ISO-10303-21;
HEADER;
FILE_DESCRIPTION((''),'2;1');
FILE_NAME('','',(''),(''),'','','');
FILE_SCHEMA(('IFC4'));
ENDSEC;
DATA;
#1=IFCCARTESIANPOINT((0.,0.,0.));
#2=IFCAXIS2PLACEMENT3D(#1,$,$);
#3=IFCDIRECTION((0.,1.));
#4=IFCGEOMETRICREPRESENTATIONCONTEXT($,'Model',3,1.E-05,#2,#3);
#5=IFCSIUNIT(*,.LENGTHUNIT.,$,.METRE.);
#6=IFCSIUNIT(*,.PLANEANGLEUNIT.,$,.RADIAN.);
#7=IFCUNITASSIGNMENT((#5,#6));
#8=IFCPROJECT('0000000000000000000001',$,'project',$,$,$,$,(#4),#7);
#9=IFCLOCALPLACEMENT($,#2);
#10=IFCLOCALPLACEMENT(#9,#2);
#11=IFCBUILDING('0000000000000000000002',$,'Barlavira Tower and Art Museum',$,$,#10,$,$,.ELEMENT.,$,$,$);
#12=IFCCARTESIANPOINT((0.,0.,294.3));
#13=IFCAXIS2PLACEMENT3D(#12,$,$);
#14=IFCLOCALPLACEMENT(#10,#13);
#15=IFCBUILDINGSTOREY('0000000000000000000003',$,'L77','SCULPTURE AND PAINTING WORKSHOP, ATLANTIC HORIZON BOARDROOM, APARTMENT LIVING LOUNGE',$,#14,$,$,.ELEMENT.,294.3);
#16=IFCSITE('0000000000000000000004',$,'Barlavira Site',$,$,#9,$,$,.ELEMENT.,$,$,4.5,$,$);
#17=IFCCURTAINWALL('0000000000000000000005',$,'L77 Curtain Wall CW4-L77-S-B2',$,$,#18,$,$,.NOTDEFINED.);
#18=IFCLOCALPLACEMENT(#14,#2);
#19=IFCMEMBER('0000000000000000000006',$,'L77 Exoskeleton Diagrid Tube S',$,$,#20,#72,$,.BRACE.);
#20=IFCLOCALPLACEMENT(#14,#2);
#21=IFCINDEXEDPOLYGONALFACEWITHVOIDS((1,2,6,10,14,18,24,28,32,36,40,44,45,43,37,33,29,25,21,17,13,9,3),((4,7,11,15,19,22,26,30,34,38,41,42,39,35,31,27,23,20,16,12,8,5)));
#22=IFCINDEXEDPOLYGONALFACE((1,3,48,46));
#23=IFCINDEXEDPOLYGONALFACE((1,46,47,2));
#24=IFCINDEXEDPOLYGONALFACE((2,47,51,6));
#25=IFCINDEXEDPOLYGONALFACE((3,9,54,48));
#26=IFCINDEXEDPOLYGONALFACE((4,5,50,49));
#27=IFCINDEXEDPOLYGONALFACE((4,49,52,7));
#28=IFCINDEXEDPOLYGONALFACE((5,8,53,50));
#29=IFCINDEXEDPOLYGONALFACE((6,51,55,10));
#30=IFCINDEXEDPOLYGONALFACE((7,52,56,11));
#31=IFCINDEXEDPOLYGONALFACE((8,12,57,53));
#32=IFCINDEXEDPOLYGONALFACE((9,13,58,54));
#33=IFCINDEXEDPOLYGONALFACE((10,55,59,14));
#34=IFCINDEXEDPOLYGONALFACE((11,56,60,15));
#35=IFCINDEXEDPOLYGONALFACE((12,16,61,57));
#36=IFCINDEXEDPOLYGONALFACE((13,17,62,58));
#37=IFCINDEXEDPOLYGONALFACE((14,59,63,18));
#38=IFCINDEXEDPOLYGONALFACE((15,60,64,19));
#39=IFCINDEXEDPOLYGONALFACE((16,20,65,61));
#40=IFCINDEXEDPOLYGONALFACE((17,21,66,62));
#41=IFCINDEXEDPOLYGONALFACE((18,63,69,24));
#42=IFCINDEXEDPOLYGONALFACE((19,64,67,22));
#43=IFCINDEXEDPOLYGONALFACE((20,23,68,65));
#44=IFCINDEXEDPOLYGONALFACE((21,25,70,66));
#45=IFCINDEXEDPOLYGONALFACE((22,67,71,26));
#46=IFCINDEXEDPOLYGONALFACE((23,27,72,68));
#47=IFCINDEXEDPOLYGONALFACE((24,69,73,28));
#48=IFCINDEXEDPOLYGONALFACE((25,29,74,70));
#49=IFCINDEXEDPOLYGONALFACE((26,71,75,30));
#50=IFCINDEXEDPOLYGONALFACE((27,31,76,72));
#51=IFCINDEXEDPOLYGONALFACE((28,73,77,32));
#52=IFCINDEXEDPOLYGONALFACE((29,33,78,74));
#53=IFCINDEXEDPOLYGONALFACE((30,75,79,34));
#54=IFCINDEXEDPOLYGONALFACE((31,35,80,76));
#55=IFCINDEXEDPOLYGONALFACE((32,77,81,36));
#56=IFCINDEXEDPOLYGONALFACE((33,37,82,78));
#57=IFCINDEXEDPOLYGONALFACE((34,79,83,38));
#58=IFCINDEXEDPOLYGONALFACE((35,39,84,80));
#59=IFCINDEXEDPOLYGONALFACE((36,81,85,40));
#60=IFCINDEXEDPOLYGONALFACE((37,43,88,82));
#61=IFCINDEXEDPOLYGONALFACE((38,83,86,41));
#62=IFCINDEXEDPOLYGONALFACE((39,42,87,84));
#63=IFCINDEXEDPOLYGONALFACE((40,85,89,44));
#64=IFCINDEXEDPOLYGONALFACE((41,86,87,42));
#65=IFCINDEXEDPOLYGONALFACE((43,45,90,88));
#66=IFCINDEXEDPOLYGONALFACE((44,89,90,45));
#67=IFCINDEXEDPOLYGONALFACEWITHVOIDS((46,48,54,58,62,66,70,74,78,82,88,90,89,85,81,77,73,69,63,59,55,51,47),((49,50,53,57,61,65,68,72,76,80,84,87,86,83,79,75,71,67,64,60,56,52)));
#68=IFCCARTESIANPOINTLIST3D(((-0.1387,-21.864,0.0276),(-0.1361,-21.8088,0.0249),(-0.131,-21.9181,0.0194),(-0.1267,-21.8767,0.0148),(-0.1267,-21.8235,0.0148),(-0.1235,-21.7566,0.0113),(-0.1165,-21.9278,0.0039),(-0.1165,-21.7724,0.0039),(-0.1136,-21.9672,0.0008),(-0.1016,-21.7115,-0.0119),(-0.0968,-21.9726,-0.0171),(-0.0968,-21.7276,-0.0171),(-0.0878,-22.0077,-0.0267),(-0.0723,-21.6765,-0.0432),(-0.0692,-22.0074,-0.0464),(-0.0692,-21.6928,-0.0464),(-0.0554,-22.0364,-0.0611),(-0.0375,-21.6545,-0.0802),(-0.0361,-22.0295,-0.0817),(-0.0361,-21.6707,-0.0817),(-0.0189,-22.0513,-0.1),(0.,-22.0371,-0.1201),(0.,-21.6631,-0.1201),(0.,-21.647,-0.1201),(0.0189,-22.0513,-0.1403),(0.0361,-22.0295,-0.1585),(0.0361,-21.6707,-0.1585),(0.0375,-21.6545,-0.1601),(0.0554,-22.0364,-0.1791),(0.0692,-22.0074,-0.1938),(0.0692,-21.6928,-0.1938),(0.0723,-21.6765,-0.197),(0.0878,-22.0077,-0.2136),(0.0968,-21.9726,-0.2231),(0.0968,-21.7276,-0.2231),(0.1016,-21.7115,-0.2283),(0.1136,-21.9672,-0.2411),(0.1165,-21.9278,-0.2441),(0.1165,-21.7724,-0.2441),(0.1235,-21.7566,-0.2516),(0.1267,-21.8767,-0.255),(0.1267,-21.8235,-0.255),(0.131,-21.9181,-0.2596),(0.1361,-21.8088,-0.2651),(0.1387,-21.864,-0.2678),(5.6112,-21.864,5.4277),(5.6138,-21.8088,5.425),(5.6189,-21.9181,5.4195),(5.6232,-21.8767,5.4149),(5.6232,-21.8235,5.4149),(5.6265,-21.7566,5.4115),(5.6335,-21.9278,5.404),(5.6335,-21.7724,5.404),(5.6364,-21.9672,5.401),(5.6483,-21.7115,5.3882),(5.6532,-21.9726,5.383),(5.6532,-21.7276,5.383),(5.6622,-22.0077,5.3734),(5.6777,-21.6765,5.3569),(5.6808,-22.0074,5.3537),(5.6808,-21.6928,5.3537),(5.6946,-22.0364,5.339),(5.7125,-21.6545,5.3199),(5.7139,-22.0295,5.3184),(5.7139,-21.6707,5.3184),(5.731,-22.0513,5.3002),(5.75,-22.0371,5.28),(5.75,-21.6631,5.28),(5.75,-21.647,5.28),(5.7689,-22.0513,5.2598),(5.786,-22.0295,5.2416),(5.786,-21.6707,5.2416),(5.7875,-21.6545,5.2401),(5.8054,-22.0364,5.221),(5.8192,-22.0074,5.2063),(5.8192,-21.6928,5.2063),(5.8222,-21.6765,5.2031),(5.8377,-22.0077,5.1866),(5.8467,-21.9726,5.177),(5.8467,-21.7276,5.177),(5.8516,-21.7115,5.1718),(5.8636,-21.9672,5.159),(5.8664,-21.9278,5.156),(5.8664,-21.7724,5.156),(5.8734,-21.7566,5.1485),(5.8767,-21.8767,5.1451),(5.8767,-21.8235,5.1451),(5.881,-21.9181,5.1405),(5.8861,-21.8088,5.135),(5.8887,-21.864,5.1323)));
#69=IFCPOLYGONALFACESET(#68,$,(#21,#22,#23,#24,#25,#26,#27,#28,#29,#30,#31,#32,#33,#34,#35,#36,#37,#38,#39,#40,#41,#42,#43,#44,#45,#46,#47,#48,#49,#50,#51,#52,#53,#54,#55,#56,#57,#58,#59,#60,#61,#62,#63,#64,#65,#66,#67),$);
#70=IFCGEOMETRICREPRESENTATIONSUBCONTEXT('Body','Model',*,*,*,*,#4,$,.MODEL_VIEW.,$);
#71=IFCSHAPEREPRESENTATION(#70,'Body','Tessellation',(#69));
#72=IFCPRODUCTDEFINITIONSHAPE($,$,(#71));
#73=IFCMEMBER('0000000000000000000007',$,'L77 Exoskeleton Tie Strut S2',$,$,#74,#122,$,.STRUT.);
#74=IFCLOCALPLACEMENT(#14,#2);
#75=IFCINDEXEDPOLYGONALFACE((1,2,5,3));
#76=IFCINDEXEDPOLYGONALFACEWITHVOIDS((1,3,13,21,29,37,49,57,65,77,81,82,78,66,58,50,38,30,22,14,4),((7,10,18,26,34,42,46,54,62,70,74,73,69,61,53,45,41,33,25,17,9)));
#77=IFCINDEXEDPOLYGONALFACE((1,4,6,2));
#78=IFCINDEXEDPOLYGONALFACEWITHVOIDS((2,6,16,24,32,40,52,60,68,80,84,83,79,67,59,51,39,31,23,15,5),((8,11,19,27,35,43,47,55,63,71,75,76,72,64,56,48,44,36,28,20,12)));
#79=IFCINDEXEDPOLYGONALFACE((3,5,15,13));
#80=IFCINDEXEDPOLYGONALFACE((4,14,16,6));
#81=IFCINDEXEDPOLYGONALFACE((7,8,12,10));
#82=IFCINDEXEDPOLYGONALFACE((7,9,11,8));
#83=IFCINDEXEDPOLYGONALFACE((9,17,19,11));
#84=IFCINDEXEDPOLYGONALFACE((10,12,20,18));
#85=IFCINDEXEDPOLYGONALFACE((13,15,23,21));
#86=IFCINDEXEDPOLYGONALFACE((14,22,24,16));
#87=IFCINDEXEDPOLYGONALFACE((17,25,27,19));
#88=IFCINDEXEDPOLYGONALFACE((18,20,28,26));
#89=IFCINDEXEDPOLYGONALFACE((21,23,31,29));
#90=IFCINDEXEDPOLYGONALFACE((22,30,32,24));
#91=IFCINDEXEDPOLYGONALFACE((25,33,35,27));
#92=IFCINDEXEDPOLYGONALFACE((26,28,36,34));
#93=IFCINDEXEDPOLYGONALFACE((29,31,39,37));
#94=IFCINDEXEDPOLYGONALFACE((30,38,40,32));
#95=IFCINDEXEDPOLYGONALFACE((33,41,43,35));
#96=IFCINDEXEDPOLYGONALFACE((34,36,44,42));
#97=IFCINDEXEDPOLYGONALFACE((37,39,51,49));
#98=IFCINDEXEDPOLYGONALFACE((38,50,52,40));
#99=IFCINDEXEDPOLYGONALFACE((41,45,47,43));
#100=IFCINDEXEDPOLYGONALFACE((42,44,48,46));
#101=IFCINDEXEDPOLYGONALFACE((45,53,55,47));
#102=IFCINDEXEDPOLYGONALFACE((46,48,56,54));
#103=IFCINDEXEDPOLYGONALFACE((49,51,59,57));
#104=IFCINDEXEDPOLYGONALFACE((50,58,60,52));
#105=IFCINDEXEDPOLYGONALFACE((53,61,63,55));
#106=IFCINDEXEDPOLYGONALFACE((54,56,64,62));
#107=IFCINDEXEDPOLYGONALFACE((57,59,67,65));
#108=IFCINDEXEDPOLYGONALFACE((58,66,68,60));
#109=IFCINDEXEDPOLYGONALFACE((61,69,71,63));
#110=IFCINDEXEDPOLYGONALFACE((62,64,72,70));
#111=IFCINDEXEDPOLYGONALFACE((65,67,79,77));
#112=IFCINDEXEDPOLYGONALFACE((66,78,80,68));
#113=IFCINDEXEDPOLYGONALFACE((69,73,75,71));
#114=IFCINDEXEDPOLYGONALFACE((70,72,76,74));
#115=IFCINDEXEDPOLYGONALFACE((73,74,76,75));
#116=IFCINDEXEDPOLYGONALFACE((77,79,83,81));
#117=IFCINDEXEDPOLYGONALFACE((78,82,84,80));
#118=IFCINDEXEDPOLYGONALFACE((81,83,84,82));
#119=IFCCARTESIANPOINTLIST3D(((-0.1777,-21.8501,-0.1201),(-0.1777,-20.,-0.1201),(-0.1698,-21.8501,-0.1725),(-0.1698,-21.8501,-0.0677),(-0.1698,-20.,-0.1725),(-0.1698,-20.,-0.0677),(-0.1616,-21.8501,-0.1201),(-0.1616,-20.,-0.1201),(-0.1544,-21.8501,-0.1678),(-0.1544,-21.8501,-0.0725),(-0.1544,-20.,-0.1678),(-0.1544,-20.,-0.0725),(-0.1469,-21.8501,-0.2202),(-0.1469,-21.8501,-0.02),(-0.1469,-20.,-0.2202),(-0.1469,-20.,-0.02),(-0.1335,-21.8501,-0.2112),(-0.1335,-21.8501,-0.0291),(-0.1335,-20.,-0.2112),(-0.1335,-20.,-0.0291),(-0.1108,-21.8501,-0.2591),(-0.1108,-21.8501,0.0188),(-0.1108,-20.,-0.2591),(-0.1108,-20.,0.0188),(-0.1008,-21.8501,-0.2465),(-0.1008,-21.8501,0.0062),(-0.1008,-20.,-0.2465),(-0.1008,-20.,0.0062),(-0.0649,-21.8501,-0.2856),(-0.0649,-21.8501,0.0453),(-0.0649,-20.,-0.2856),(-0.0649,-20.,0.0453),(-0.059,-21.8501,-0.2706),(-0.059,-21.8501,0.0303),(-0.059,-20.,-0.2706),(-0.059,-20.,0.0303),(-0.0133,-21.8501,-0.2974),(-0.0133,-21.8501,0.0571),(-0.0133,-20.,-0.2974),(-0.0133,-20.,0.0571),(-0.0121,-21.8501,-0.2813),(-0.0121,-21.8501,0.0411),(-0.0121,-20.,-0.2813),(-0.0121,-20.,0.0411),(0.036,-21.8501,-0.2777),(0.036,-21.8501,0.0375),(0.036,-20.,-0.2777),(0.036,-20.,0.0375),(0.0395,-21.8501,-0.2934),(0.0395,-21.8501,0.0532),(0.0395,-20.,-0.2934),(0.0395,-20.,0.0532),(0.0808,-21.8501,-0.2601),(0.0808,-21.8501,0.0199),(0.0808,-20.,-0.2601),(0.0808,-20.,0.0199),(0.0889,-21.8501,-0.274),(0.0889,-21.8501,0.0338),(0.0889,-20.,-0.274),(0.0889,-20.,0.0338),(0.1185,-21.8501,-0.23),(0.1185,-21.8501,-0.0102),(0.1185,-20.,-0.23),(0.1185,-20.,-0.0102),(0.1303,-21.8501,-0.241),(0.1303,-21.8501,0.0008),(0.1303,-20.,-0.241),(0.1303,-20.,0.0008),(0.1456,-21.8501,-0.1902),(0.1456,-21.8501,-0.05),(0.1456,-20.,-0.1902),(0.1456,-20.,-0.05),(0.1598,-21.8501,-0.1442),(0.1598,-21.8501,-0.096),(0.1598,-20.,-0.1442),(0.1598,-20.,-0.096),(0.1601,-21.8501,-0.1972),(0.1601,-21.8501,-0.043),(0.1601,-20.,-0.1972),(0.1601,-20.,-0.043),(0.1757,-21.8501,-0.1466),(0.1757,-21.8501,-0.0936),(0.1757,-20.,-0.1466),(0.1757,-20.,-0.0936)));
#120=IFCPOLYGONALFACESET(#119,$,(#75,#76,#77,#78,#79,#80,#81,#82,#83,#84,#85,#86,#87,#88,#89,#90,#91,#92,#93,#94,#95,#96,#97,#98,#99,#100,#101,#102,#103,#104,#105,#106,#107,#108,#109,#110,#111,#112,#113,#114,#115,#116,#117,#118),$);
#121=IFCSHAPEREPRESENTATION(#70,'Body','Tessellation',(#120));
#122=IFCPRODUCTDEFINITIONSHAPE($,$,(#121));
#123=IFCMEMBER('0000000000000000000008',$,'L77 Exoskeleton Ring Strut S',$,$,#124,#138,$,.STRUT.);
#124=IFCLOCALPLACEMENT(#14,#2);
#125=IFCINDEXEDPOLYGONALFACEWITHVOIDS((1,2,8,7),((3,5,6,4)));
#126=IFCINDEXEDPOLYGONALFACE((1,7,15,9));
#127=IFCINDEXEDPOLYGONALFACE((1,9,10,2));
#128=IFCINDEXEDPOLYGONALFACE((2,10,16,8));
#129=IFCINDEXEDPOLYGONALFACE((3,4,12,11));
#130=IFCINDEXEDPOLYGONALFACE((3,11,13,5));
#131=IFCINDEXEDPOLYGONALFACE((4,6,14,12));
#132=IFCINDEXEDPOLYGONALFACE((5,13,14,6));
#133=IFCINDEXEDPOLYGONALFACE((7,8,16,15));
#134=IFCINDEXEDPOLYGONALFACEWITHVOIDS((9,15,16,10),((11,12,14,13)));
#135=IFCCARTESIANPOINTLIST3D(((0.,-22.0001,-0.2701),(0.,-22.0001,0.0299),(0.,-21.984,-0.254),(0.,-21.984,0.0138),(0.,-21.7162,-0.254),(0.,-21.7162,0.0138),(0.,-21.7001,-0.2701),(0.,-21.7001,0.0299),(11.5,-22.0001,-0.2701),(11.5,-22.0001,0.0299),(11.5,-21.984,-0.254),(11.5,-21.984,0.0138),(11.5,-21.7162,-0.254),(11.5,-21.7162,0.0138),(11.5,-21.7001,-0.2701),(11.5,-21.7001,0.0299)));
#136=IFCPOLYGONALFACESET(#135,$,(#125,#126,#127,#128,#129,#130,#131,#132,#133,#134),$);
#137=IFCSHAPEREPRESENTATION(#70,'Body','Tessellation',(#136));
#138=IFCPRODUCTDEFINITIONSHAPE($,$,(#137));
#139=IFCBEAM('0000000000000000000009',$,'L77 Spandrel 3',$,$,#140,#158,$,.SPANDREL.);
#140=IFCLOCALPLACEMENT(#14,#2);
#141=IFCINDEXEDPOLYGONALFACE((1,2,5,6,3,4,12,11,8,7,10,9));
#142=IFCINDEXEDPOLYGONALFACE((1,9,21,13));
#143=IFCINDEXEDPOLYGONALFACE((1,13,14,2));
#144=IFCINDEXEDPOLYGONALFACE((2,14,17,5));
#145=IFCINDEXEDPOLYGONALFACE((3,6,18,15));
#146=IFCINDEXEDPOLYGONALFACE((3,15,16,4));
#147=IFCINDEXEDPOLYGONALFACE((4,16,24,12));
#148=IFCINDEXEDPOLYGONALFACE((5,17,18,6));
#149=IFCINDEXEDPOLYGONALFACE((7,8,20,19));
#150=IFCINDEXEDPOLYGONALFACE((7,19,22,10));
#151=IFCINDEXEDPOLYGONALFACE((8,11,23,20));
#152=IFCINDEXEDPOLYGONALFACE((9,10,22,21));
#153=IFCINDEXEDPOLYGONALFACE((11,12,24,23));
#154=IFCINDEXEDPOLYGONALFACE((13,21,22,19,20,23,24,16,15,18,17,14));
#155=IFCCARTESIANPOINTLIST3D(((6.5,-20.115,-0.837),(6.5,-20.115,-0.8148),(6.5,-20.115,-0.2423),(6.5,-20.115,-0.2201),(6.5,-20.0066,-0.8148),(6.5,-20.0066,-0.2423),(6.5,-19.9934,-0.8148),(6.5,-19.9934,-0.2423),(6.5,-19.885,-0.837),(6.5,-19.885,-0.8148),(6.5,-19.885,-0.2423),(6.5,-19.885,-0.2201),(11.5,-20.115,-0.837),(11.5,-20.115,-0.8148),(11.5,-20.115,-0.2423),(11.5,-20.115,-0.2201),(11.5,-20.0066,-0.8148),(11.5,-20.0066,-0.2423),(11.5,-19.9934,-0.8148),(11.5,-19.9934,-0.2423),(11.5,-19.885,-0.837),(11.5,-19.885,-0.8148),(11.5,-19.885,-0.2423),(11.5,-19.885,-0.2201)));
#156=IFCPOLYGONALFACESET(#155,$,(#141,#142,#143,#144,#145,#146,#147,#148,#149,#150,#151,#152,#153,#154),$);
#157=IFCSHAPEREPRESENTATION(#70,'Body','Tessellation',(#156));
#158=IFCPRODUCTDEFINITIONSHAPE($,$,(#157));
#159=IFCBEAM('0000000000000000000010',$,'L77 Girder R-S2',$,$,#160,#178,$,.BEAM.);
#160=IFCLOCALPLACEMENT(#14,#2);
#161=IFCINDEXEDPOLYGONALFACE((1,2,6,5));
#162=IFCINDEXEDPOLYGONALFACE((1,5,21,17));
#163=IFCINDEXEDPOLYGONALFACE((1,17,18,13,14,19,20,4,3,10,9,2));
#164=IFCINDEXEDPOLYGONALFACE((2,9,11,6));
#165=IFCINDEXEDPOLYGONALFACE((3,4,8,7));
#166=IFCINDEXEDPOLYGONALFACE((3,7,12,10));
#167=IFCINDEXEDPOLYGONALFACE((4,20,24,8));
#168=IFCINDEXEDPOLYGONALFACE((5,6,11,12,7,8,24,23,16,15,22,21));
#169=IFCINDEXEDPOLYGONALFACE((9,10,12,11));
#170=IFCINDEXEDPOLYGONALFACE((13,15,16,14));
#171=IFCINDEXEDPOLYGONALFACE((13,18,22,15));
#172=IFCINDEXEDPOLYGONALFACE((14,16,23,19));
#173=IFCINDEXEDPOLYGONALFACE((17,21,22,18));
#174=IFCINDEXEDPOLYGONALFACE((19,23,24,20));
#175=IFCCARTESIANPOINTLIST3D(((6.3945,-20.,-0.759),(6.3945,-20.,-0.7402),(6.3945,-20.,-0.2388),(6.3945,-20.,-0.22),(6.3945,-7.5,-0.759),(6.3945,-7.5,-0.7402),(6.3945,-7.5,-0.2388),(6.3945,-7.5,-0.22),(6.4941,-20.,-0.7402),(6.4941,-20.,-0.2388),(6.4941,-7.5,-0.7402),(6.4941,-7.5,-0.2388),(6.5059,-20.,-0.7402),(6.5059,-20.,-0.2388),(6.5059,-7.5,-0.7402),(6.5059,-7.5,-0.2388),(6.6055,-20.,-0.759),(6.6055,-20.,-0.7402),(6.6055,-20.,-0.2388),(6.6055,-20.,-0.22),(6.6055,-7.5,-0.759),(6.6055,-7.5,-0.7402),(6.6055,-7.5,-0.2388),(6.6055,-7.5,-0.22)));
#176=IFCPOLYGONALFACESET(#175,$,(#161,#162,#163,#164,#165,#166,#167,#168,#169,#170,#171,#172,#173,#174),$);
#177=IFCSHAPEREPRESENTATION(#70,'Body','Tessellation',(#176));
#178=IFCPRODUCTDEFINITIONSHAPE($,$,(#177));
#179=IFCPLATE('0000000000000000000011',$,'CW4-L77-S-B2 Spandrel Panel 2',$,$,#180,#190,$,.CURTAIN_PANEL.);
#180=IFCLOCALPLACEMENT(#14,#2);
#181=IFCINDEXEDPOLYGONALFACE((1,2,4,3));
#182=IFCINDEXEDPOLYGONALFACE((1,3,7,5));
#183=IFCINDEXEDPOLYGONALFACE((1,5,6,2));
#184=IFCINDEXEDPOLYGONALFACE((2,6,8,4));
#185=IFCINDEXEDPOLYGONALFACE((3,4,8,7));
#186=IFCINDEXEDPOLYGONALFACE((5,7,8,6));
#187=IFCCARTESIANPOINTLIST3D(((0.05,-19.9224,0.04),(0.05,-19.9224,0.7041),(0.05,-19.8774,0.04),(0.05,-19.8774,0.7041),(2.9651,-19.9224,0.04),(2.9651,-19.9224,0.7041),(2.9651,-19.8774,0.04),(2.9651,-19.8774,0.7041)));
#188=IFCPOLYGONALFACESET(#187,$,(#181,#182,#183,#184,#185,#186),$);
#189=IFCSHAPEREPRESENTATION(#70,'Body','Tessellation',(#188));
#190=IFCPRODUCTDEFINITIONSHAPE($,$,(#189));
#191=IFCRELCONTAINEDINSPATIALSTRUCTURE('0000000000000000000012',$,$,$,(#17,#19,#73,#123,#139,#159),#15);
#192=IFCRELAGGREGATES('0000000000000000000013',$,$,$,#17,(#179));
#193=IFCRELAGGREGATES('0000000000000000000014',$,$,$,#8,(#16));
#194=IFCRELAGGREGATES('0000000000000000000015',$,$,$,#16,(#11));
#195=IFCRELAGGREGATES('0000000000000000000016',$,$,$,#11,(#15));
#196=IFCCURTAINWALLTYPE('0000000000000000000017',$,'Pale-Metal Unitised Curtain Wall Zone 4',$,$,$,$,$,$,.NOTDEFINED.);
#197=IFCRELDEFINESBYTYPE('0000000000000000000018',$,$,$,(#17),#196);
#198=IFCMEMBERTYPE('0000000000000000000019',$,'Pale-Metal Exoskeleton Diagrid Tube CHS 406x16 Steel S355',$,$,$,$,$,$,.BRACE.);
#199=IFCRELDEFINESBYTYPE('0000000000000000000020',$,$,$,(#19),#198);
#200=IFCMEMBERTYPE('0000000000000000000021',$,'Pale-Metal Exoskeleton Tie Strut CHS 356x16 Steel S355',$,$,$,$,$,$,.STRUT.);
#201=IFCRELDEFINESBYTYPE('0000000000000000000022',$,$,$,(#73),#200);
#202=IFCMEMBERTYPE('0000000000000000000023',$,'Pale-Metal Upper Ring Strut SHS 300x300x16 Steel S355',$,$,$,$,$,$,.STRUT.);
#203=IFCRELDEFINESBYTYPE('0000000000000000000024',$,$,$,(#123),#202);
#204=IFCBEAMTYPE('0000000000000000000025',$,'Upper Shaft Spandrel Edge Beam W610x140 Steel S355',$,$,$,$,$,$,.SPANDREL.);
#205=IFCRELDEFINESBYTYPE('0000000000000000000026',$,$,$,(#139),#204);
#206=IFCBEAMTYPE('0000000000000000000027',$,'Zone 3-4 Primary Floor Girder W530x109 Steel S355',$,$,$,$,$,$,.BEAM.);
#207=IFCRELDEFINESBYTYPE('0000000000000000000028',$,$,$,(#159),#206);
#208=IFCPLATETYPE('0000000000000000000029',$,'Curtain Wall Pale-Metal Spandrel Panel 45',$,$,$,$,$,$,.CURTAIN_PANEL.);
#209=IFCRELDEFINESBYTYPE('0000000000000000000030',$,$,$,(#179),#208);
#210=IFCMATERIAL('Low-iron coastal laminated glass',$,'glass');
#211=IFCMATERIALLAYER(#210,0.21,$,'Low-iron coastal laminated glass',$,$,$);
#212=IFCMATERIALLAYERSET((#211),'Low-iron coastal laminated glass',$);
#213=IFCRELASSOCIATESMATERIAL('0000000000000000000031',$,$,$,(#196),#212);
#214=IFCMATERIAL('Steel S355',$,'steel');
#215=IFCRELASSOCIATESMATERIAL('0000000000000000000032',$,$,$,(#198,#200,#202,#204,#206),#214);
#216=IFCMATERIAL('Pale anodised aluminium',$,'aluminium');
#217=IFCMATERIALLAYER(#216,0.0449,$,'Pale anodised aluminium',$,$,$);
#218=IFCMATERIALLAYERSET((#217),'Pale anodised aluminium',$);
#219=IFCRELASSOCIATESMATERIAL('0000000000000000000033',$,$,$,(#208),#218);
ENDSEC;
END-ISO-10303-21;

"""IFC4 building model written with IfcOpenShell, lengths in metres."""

from ifc_helpers import new_model, si_unit, direction, frame, origin, origin_2d, place, context, subcontext, project, spatial, rectangle, hollow_rectangle, hollow_circle, i_section, extrude, material, layer, layer_set, material_profile, profile_set, type_object, element, aggregate, save


model = new_model("IFC4")

# Units and contexts
model_context = context("Model", 3, precision=1e-05, world=origin(), true_north=direction((0.0, 1.0)))
body_context = subcontext(model_context, "Body", "Model", "MODEL_VIEW")
ifc_project = project(units=[si_unit("LENGTHUNIT", "METRE"), si_unit("PLANEANGLEUNIT", "RADIAN")], contexts=[model_context])

# Site, building, storey
site_placement = place(None, origin())
site = spatial("IfcSite", under=ifc_project, at=site_placement, Name="Barlavira Site", CompositionType="ELEMENT", RefElevation=4.5)
building_placement = place(site_placement, origin())
building = spatial("IfcBuilding", under=site, at=building_placement, Name="Barlavira Tower and Art Museum", CompositionType="ELEMENT")
storey_placement = place(building_placement, frame((0.0, 0.0, 294.3)))
storey = spatial("IfcBuildingStorey", under=building, at=storey_placement, Name="L77", Description="SCULPTURE AND PAINTING WORKSHOP, ATLANTIC HORIZON BOARDROOM, APARTMENT LIVING LOUNGE", CompositionType="ELEMENT", Elevation=294.3)

# Curtain wall
ifc_material_1 = material(Name="Low-iron coastal laminated glass", Category="glass")
ifc_layer_1 = layer(ifc_material_1, 0.21, Name="Low-iron coastal laminated glass")
ifc_layer_set_1 = layer_set([ifc_layer_1], Name="Low-iron coastal laminated glass")
curtain_wall_type = type_object("IfcCurtainWallType", Name="Pale-Metal Unitised Curtain Wall Zone 4", PredefinedType="NOTDEFINED", material=ifc_layer_set_1)
curtain_wall_placement = place(storey_placement, origin())
curtain_wall = element("IfcCurtainWall", 1, at=curtain_wall_placement, inside=storey, type_object=curtain_wall_type, Name="L77 Curtain Wall CW4-L77-S-B2", PredefinedType="NOTDEFINED")
ifc_material_2 = material(Name="Pale anodised aluminium", Category="aluminium")

# Members
ifc_material_3 = material(Name="Steel S355", Category="steel")
ifc_material_profile_1 = material_profile(ifc_material_3, hollow_circle(Radius=0.2031, WallThickness=0.0161, at=origin_2d()), Name="CHS 406.4x16.0")
ifc_profile_set_1 = profile_set([ifc_material_profile_1], Name="Steel S355")
member_type_1 = type_object("IfcMemberType", Name="Pale-Metal Exoskeleton Diagrid Tube CHS 406x16 Steel S355", PredefinedType="BRACE", material=ifc_profile_set_1)
member_1_placement = place(storey_placement, frame((0.0, -21.8501, -0.1201), z_axis=(0.728935, 0.0, 0.684583), x_axis=(0.0, 1.0, 0.0)))
element("IfcMember", 2, at=member_1_placement, inside=storey, type_object=member_type_1, Name="L77 Exoskeleton Diagrid Tube S", PredefinedType="BRACE", context=body_context, shape_type="SweptSolid", body=[
    extrude(hollow_circle(Radius=0.2031, WallThickness=0.0161, at=origin_2d()), origin(), (0.0, 0.0, 1.0), 7.8882),
])
ifc_material_profile_2 = material_profile(ifc_material_3, hollow_circle(Radius=0.1777, WallThickness=0.0161, at=origin_2d()), Name="CHS 355.6x16.0")
ifc_profile_set_2 = profile_set([ifc_material_profile_2], Name="Steel S355")
member_type_2 = type_object("IfcMemberType", Name="Pale-Metal Exoskeleton Tie Strut CHS 356x16 Steel S355", PredefinedType="STRUT", material=ifc_profile_set_2)
member_2_placement = place(storey_placement, frame((0.0, -21.8501, -0.1201), z_axis=(0.0, 1.0, 0.0), x_axis=(-1.0, 0.0, 0.0)))
element("IfcMember", 3, at=member_2_placement, inside=storey, type_object=member_type_2, Name="L77 Exoskeleton Tie Strut S2", PredefinedType="STRUT", context=body_context, shape_type="SweptSolid", body=[
    extrude(hollow_circle(Radius=0.1777, WallThickness=0.0161, at=origin_2d()), origin(), (0.0, 0.0, 1.0), 1.8501),
])
ifc_material_profile_3 = material_profile(ifc_material_3, hollow_rectangle(XDim=0.3, YDim=0.3, WallThickness=0.0161, at=origin_2d()), Name="SHS 300x300x16.0")
ifc_profile_set_3 = profile_set([ifc_material_profile_3], Name="Steel S355")
member_type_3 = type_object("IfcMemberType", Name="Pale-Metal Upper Ring Strut SHS 300x300x16 Steel S355", PredefinedType="STRUT", material=ifc_profile_set_3)
member_3_placement = place(storey_placement, frame((0.0, -21.8501, -0.1201), z_axis=(1.0, 0.0, 0.0), x_axis=(0.0, 1.0, 0.0)))
element("IfcMember", 4, at=member_3_placement, inside=storey, type_object=member_type_3, Name="L77 Exoskeleton Ring Strut S", PredefinedType="STRUT", context=body_context, shape_type="SweptSolid", body=[
    extrude(hollow_rectangle(XDim=0.3, YDim=0.3, WallThickness=0.0161, at=origin_2d()), origin(), (0.0, 0.0, 1.0), 11.5),
])

# Beams
ifc_material_profile_4 = material_profile(ifc_material_3, i_section(OverallWidth=0.23, OverallDepth=0.6169, WebThickness=0.0132, FlangeThickness=0.0222, at=origin_2d()), Name="W610x140.0")
ifc_profile_set_4 = profile_set([ifc_material_profile_4], Name="Steel S355")
beam_type_1 = type_object("IfcBeamType", Name="Upper Shaft Spandrel Edge Beam W610x140 Steel S355", PredefinedType="SPANDREL", material=ifc_profile_set_4)
beam_1_placement = place(storey_placement, frame((6.5, -20.0, -0.5286), z_axis=(1.0, 0.0, 0.0), x_axis=(0.0, 1.0, 0.0)))
element("IfcBeam", 5, at=beam_1_placement, inside=storey, type_object=beam_type_1, Name="L77 Spandrel 3", PredefinedType="SPANDREL", context=body_context, shape_type="SweptSolid", body=[
    extrude(i_section(OverallWidth=0.23, OverallDepth=0.6169, WebThickness=0.0132, FlangeThickness=0.0222, at=origin_2d()), origin(), (0.0, 0.0, 1.0), 5.0),
])
ifc_material_profile_5 = material_profile(ifc_material_3, i_section(OverallWidth=0.2109, OverallDepth=0.5391, WebThickness=0.0117, FlangeThickness=0.0188, at=origin_2d()), Name="W530x109.0")
ifc_profile_set_5 = profile_set([ifc_material_profile_5], Name="Steel S355")
beam_type_2 = type_object("IfcBeamType", Name="Zone 3-4 Primary Floor Girder W530x109 Steel S355", PredefinedType="BEAM", material=ifc_profile_set_5)
beam_2_placement = place(storey_placement, frame((6.5, -20.0, -0.4895), z_axis=(0.0, 1.0, 0.0), x_axis=(-1.0, 0.0, 0.0)))
element("IfcBeam", 6, at=beam_2_placement, inside=storey, type_object=beam_type_2, Name="L77 Girder R-S2", PredefinedType="BEAM", context=body_context, shape_type="SweptSolid", body=[
    extrude(i_section(OverallWidth=0.2109, OverallDepth=0.5391, WebThickness=0.0117, FlangeThickness=0.0188, at=origin_2d()), origin(), (0.0, 0.0, 1.0), 12.5),
])

# Plate
ifc_layer_2 = layer(ifc_material_2, 0.0449, Name="Pale anodised aluminium")
ifc_layer_set_2 = layer_set([ifc_layer_2], Name="Pale anodised aluminium")
plate_type_1 = type_object("IfcPlateType", Name="Curtain Wall Pale-Metal Spandrel Panel 45", PredefinedType="CURTAIN_PANEL", material=ifc_layer_set_2)
plate_1_placement = place(storey_placement, frame((1.5076, -19.8999, 0.04), z_axis=(0.0, 0.0, 1.0), x_axis=(1.0, 0.0, 0.0)))
plate_1 = element("IfcPlate", 7, at=plate_1_placement, type_object=plate_type_1, Name="CW4-L77-S-B2 Spandrel Panel 2", PredefinedType="CURTAIN_PANEL", context=body_context, shape_type="SweptSolid", body=[
    extrude(rectangle(XDim=2.915, YDim=0.0449, at=origin_2d()), origin(), (0.0, 0.0, 1.0), 0.6641),
])
aggregate(curtain_wall, [plate_1])

save(model, "model.ifc")
